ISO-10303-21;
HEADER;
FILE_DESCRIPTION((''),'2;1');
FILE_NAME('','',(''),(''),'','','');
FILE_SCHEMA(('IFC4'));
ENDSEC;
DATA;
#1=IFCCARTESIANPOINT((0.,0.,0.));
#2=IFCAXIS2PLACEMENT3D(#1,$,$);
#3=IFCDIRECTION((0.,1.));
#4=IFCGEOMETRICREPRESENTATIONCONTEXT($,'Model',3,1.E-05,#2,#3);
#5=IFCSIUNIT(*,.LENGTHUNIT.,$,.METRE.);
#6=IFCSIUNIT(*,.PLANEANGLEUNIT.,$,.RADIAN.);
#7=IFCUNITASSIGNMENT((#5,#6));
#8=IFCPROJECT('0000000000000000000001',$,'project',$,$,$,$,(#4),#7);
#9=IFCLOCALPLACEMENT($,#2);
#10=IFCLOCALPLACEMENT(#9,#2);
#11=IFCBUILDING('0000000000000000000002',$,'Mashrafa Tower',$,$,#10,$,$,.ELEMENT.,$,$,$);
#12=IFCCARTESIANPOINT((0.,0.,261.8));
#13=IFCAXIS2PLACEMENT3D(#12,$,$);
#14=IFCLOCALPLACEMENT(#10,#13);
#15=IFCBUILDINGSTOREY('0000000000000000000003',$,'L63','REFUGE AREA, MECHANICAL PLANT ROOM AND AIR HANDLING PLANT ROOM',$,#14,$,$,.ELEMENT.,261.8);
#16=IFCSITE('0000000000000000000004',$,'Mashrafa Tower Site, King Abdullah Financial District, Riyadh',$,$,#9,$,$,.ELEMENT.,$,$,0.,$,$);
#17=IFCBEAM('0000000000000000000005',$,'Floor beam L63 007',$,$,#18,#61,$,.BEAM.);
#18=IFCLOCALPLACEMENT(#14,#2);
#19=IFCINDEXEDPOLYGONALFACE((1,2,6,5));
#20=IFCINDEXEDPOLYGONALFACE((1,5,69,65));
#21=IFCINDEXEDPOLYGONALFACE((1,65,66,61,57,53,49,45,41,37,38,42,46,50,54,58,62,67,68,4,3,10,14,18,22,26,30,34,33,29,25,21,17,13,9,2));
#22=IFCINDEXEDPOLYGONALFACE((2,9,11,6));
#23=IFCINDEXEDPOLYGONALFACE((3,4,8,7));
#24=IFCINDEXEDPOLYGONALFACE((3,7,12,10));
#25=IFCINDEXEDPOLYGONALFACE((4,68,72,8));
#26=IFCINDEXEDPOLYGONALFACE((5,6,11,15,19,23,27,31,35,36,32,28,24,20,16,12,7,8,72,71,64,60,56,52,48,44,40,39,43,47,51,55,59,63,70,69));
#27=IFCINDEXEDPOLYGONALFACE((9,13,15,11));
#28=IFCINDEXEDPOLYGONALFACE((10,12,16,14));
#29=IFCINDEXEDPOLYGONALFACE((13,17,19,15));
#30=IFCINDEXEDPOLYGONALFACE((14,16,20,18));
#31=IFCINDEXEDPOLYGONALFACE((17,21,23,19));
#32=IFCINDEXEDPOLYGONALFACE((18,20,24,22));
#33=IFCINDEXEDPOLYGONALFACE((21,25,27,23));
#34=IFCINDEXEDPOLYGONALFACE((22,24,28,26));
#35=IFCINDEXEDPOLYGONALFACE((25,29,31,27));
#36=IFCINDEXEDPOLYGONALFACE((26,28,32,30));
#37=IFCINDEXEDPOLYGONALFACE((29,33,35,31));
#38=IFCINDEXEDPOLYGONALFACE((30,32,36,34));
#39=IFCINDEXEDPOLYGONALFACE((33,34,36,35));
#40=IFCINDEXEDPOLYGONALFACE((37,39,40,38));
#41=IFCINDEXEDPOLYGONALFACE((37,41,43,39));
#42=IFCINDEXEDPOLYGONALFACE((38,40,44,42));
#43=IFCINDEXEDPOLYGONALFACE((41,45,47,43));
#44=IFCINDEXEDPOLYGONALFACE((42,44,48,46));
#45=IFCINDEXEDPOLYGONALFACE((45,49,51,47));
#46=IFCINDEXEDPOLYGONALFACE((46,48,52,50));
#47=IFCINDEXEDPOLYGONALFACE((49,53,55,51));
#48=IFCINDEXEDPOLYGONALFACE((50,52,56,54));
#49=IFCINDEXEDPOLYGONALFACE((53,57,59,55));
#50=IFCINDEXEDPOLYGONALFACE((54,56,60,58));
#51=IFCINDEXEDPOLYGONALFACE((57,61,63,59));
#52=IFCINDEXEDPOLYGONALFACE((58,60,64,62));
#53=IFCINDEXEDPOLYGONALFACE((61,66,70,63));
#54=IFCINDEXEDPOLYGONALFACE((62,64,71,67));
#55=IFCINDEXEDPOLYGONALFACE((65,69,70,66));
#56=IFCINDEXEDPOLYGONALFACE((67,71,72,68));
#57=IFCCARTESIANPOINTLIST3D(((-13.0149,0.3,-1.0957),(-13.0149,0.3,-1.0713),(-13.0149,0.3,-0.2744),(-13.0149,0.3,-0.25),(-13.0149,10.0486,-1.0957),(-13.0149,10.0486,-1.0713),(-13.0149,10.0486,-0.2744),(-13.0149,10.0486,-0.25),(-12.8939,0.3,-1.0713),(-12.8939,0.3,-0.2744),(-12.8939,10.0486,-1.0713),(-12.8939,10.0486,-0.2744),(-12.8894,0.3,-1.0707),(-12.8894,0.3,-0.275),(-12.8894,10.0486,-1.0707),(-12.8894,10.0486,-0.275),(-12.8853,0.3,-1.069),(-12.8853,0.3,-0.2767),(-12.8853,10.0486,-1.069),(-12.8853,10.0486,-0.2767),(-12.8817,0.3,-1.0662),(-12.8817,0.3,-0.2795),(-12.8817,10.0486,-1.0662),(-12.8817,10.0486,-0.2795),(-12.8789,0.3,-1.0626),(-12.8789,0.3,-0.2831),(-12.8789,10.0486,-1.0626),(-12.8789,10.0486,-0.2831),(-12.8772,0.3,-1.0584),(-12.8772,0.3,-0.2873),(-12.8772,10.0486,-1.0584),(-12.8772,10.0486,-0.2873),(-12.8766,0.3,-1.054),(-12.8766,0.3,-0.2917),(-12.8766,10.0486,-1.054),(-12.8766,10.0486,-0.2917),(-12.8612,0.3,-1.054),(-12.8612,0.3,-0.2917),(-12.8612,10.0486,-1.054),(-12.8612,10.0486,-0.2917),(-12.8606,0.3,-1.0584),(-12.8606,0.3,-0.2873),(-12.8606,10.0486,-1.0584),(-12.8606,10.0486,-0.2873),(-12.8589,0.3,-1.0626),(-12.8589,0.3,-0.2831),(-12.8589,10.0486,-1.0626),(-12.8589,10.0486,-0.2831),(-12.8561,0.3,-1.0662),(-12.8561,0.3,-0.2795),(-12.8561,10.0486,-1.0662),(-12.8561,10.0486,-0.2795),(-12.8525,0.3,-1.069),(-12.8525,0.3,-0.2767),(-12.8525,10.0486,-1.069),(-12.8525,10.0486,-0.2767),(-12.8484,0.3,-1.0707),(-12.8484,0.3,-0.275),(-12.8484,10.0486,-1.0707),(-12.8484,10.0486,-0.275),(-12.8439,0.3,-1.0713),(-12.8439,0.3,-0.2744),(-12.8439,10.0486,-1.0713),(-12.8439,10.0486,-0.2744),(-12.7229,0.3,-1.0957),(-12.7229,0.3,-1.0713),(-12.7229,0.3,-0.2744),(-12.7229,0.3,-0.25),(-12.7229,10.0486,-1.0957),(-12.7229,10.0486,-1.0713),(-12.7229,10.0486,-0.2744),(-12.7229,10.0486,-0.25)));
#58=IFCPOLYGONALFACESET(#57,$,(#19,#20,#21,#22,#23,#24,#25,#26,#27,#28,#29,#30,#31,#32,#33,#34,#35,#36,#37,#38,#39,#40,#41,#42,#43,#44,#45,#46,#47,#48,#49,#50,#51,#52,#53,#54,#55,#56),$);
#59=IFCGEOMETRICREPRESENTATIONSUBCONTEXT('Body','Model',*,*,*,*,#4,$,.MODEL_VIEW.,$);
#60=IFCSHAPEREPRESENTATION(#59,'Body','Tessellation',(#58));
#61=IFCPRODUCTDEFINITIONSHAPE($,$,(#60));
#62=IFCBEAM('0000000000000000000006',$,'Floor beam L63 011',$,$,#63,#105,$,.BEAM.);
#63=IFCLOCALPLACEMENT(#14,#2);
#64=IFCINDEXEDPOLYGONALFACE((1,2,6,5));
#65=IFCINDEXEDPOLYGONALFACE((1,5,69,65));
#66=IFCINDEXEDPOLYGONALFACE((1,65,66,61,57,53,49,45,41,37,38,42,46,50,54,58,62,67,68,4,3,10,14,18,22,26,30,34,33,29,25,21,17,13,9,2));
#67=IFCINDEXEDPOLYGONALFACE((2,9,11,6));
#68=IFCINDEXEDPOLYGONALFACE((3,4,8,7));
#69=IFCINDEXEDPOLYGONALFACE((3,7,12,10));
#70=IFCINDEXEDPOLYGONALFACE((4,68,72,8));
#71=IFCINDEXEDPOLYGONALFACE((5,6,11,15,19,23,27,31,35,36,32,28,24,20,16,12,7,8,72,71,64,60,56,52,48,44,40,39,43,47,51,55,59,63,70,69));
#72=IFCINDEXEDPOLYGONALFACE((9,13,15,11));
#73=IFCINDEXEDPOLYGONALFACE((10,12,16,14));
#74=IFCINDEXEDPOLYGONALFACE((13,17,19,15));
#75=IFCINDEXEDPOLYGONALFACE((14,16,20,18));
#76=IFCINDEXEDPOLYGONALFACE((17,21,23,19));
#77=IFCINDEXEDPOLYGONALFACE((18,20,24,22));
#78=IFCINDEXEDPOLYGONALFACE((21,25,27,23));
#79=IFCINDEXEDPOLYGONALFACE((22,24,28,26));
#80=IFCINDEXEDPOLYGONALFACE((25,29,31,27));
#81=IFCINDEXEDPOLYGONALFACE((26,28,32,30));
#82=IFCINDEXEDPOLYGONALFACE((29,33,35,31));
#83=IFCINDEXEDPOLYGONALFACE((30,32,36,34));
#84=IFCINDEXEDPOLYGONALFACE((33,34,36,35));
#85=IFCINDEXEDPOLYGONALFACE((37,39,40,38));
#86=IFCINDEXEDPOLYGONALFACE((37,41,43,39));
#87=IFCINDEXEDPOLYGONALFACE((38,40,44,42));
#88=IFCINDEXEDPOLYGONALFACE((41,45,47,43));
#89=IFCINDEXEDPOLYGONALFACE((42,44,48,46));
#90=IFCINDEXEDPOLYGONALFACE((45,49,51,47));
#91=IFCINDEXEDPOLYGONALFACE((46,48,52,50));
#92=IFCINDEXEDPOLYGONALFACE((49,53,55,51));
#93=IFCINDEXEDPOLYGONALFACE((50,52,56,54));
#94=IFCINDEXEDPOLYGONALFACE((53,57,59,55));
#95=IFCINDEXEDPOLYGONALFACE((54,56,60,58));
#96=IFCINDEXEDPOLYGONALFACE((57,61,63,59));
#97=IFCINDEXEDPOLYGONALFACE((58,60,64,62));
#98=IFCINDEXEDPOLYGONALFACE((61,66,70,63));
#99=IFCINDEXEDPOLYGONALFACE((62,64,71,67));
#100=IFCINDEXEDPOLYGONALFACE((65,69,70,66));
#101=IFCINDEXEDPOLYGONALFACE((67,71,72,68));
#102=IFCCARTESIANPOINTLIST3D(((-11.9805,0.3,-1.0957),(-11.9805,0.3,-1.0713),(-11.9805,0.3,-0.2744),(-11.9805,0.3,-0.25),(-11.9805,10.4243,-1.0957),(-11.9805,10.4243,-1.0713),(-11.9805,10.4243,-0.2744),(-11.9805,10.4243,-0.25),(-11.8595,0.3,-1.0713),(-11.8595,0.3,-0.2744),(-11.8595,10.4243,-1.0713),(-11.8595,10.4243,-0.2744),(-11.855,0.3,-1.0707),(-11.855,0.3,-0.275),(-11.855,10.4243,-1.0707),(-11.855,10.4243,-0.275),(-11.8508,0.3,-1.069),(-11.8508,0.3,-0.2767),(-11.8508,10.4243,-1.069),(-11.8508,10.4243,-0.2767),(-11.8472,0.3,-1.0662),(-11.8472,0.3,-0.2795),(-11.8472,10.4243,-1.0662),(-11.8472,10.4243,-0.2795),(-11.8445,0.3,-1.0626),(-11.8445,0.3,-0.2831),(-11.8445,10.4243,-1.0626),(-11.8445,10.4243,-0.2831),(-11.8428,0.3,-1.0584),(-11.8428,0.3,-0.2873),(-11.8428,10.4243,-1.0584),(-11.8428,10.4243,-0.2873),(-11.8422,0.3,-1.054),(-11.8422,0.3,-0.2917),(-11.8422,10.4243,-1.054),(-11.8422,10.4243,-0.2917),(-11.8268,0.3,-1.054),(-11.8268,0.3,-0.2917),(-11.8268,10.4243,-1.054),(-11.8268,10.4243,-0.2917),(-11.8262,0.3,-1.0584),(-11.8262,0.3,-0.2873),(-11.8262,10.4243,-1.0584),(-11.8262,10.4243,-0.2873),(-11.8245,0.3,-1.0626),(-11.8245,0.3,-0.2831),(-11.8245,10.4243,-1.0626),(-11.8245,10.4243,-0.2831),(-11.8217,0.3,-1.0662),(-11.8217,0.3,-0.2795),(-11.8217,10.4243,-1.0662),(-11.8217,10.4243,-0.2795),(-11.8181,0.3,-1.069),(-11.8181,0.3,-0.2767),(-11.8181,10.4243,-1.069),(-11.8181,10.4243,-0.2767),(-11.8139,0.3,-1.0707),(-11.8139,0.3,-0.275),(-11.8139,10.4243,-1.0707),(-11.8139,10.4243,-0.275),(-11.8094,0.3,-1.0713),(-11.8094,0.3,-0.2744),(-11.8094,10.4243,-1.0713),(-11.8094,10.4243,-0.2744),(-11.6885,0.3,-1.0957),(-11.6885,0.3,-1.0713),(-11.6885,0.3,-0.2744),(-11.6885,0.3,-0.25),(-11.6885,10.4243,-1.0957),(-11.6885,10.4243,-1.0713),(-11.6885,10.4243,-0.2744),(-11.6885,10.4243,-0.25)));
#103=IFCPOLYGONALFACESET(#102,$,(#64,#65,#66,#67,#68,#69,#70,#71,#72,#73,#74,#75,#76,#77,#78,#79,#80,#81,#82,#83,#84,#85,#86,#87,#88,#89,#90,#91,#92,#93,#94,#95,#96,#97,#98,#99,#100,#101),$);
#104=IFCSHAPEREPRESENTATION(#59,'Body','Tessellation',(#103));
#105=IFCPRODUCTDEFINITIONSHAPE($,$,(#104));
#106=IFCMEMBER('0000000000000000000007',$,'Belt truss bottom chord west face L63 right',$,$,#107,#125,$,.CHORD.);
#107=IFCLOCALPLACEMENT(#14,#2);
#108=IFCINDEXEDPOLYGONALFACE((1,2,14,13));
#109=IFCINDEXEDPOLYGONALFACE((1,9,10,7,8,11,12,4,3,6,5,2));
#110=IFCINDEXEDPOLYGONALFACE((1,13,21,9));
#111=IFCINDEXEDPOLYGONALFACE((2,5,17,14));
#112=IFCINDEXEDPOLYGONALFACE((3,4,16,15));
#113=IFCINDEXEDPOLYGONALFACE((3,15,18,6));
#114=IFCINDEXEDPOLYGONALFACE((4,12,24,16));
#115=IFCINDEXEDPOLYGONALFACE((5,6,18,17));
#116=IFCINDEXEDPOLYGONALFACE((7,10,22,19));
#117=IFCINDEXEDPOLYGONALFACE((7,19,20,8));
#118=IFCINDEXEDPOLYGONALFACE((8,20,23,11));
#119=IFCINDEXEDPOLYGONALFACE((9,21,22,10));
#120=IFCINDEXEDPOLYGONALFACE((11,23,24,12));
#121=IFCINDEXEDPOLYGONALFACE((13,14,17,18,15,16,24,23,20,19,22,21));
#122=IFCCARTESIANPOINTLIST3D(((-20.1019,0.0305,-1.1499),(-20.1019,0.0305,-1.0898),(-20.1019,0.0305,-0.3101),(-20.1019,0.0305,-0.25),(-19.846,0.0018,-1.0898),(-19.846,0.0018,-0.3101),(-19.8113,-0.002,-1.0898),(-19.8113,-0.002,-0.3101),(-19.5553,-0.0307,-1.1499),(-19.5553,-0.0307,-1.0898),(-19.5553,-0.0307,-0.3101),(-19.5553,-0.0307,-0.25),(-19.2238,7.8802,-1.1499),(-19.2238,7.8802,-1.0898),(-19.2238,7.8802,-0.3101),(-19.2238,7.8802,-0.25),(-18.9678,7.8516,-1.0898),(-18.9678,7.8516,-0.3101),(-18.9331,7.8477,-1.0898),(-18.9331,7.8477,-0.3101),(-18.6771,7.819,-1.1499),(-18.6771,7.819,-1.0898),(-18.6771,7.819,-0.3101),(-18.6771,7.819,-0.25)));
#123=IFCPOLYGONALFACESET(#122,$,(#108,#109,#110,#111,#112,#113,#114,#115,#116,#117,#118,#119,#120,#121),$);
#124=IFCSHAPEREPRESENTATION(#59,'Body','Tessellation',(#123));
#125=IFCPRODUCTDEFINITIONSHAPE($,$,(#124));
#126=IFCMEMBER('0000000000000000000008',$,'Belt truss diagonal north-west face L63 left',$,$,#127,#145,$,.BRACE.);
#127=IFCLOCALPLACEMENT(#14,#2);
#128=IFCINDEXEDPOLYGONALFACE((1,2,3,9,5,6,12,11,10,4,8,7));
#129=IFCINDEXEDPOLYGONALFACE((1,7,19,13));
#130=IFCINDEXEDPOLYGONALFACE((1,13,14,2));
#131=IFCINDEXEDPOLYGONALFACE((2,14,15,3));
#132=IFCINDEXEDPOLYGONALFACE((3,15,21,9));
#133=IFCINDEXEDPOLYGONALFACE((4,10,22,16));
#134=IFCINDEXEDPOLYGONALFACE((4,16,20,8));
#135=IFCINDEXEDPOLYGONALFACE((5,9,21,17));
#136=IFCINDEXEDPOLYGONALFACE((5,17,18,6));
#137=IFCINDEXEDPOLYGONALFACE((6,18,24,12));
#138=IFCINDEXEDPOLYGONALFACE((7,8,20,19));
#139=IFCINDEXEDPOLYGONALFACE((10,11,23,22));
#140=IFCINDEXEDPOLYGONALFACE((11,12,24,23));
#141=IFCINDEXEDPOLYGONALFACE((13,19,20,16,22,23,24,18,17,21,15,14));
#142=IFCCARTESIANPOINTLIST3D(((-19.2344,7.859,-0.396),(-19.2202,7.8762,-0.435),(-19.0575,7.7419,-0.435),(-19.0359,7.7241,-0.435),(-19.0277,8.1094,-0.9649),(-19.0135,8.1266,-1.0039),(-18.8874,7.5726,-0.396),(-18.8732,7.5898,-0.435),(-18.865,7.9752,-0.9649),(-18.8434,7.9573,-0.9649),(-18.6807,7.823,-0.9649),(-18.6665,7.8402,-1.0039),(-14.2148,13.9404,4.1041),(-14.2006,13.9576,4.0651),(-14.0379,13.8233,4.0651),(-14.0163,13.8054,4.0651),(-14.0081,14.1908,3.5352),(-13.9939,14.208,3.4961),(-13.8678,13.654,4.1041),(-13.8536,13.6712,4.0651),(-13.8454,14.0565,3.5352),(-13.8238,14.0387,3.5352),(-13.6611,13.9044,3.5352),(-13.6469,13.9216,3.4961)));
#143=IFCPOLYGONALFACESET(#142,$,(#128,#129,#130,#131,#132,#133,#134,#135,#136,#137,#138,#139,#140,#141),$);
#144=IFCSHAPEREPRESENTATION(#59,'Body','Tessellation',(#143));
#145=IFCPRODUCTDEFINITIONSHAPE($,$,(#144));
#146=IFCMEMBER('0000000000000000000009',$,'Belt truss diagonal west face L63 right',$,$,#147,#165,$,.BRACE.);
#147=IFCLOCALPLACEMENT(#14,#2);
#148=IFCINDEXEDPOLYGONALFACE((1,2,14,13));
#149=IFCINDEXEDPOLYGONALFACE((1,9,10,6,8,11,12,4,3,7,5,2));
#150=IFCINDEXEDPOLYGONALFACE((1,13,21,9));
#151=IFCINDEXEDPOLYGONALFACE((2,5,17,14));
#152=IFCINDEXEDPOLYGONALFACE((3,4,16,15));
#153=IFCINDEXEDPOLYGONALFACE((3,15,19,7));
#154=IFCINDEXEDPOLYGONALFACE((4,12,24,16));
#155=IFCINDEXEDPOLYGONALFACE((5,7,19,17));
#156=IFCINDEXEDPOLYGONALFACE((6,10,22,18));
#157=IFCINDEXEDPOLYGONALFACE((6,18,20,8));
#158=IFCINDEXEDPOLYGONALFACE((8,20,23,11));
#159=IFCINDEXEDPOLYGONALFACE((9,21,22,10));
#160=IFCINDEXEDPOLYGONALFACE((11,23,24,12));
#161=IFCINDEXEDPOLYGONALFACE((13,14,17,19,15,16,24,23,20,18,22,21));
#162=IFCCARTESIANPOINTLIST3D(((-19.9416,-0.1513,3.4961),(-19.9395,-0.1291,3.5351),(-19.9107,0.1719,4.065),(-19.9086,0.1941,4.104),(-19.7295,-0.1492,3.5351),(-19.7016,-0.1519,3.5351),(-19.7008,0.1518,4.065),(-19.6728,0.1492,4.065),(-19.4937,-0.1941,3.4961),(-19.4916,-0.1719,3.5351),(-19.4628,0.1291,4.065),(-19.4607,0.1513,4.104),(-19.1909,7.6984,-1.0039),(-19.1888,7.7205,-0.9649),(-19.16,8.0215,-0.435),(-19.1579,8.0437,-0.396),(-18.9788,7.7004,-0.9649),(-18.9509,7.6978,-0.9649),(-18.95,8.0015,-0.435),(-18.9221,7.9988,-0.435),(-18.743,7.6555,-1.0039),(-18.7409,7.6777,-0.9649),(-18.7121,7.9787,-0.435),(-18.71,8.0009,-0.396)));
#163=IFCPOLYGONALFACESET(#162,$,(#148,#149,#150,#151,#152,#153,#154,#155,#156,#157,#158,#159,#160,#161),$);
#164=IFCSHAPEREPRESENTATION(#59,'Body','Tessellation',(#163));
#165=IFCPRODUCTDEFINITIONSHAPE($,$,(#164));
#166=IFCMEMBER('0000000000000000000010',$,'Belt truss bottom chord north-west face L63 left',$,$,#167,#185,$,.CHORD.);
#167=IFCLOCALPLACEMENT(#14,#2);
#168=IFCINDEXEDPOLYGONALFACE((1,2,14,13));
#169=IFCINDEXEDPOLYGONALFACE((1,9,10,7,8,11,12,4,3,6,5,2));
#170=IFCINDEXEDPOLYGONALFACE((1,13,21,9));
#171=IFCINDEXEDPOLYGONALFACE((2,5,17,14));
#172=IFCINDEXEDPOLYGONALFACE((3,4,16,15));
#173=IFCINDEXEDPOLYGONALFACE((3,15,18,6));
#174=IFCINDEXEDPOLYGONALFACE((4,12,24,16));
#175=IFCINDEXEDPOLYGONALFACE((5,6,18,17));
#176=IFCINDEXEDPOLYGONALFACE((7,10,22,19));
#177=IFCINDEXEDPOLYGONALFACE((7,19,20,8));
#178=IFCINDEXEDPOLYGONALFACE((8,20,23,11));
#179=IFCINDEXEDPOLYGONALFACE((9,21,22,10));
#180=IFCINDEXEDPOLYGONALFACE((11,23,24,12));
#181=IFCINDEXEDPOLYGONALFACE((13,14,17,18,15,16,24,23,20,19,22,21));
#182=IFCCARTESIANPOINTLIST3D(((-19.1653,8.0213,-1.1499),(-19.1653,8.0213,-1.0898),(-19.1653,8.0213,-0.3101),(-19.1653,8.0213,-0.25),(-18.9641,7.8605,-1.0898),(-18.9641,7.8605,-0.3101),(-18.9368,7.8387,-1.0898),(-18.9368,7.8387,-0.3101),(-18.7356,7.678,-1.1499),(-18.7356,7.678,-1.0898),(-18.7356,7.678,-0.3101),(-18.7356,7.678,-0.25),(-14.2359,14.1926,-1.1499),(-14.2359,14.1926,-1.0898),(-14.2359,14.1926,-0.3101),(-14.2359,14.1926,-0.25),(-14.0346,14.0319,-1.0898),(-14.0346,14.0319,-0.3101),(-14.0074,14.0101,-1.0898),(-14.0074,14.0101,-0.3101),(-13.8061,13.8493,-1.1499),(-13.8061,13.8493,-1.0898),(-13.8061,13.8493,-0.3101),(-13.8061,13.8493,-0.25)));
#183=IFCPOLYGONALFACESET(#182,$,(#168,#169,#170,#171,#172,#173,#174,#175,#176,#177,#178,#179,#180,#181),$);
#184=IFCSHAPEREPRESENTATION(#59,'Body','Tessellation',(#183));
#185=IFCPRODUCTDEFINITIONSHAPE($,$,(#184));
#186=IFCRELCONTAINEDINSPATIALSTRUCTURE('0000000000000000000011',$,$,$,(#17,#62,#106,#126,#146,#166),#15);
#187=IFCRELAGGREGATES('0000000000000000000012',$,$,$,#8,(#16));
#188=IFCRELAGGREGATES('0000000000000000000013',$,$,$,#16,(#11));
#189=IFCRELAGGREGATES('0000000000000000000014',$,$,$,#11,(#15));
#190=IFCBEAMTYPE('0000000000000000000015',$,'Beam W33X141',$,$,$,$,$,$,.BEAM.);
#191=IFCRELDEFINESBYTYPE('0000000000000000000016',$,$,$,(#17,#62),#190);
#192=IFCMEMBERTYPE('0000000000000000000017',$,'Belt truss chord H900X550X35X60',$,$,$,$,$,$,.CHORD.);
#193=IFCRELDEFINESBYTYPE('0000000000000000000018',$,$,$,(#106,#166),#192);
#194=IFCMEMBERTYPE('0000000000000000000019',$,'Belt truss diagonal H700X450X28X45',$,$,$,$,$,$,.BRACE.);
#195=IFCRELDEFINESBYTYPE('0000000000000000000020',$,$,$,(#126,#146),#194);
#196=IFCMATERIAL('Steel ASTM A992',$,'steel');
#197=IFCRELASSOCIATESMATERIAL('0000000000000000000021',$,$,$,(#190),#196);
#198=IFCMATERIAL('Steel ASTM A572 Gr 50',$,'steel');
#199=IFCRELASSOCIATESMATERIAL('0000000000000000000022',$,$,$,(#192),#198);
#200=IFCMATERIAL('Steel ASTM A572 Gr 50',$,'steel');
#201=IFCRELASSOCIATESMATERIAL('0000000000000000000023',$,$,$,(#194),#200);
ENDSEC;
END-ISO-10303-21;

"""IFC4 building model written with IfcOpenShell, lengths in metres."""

from ifc_helpers import new_model, si_unit, direction, frame, origin, origin_2d, place, context, subcontext, project, spatial, i_section, extrude, source, transform, mapped, material, material_profile, profile_set, type_object, type_shapes, element, save


model = new_model("IFC4")

# Units and contexts
model_context = context("Model", 3, precision=1e-05, world=origin(), true_north=direction((0.0, 1.0)))
body_context = subcontext(model_context, "Body", "Model", "MODEL_VIEW")
ifc_project = project(units=[si_unit("LENGTHUNIT", "METRE"), si_unit("PLANEANGLEUNIT", "RADIAN")], contexts=[model_context])

# Site, building, storey
site_placement = place(None, origin())
site = spatial("IfcSite", under=ifc_project, at=site_placement, Name="Mashrafa Tower Site, King Abdullah Financial District, Riyadh", CompositionType="ELEMENT", RefElevation=0.0)
building_placement = place(site_placement, origin())
building = spatial("IfcBuilding", under=site, at=building_placement, Name="Mashrafa Tower", CompositionType="ELEMENT")
storey_placement = place(building_placement, frame((0.0, 0.0, 261.8)))
storey = spatial("IfcBuildingStorey", under=building, at=storey_placement, Name="L63", Description="REFUGE AREA, MECHANICAL PLANT ROOM AND AIR HANDLING PLANT ROOM", CompositionType="ELEMENT", Elevation=261.8)

# Beams
ifc_material_1 = material(Name="Steel ASTM A992", Category="steel")
ifc_material_profile_1 = material_profile(ifc_material_1, i_section(OverallWidth=0.292, OverallDepth=0.8457, WebThickness=0.0154, FlangeThickness=0.0244, FilletRadius=0.0173, at=origin_2d()), Name="W33X141")
ifc_profile_set_1 = profile_set([ifc_material_profile_1], Name="Steel ASTM A992")
beam_type_1 = type_object("IfcBeamType", Name="Beam W33X141", PredefinedType="BEAM", material=ifc_profile_set_1)
beam_1_placement = place(storey_placement, frame((-12.8689, 0.3, -0.6729), z_axis=(0.0, 1.0, 0.0), x_axis=(-1.0, 0.0, 0.0)))
element("IfcBeam", 1, at=beam_1_placement, inside=storey, type_object=beam_type_1, Name="Floor beam L63 007", PredefinedType="BEAM", context=body_context, shape_type="SweptSolid", body=[
    extrude(i_section(OverallWidth=0.292, OverallDepth=0.8457, WebThickness=0.0154, FlangeThickness=0.0244, FilletRadius=0.0173, at=origin_2d()), origin(), (0.0, 0.0, 1.0), 9.7485),
])
beam_2_placement = place(storey_placement, frame((-11.8345, 0.3, -0.6729), z_axis=(0.0, 1.0, 0.0), x_axis=(-1.0, 0.0, 0.0)))
element("IfcBeam", 2, at=beam_2_placement, inside=storey, type_object=beam_type_1, Name="Floor beam L63 011", PredefinedType="BEAM", context=body_context, shape_type="SweptSolid", body=[
    extrude(i_section(OverallWidth=0.292, OverallDepth=0.8457, WebThickness=0.0154, FlangeThickness=0.0244, FilletRadius=0.0173, at=origin_2d()), origin(), (0.0, 0.0, 1.0), 10.1243),
])

# Members
ifc_material_2 = material(Name="Steel ASTM A572 Gr 50", Category="steel")
ifc_material_profile_2 = material_profile(ifc_material_2, i_section(OverallWidth=0.55, OverallDepth=0.8999, WebThickness=0.0349, FlangeThickness=0.0601, at=origin_2d()), Name="H900X550X35X60")
ifc_profile_set_2 = profile_set([ifc_material_profile_2], Name="Steel ASTM A572 Gr 50")
member_type_1 = type_object("IfcMemberType", Name="Belt truss chord H900X550X35X60", PredefinedType="CHORD", material=ifc_profile_set_2)
shared_shape_1 = source(origin(), body_context, "Body", "SweptSolid", [
    extrude(i_section(OverallWidth=0.55, OverallDepth=0.8999, WebThickness=0.0349, FlangeThickness=0.0601, at=origin_2d()), origin(), (0.0, 0.0, 1.0), 7.8987),
])
member_1_placement = place(storey_placement, frame((-18.9504, 7.8496, -0.7), z_axis=(-0.111181, -0.9938, 0.0), x_axis=(0.9938, -0.111181, 0.0)))
element("IfcMember", 3, at=member_1_placement, inside=storey, type_object=member_type_1, Name="Belt truss bottom chord west face L63 right", PredefinedType="CHORD", context=body_context, shape_type="MappedRepresentation", body=[
    mapped(shared_shape_1, transform((0.0, 0.0, 0.0))),
])
ifc_material_3 = material(Name="Steel ASTM A572 Gr 50", Category="steel")
ifc_material_profile_3 = material_profile(ifc_material_3, i_section(OverallWidth=0.45, OverallDepth=0.7, WebThickness=0.0281, FlangeThickness=0.0449, at=origin_2d()), Name="H700X450X28X45")
ifc_profile_set_3 = profile_set([ifc_material_profile_3], Name="Steel ASTM A572 Gr 50")
member_type_2 = type_object("IfcMemberType", Name="Belt truss diagonal H700X450X28X45", PredefinedType="BRACE", material=ifc_profile_set_3)
shared_shape_2 = source(origin(), body_context, "Body", "SweptSolid", [
    extrude(i_section(OverallWidth=0.45, OverallDepth=0.7, WebThickness=0.0281, FlangeThickness=0.0449, at=origin_2d()), origin(), (0.0, 0.0, 1.0), 9.0791),
])
type_shapes(member_type_2, [shared_shape_2])
for number, where, z_axis, x_axis, name in (
    (4, (-18.9504, 7.8496, -0.7), (0.552874, 0.669822, 0.49565), (-0.77122, 0.636569, 0.0), "Belt truss diagonal north-west face L63 left"),
    (5, (-18.9504, 7.8496, -0.7), (-0.082688, -0.864581, 0.495644), (0.995458, -0.095205, 0.0), "Belt truss diagonal west face L63 right"),
):
    element("IfcMember", number, at=place(storey_placement, frame(where, z_axis=z_axis, x_axis=x_axis)), inside=storey, type_object=member_type_2, Name=name, PredefinedType="BRACE", context=body_context, shape_type="MappedRepresentation", body=[
        mapped(shared_shape_2, transform((0.0, 0.0, 0.0))),
    ])
shared_shape_3 = source(origin(), body_context, "Body", "SweptSolid", [
    extrude(i_section(OverallWidth=0.55, OverallDepth=0.8999, WebThickness=0.0349, FlangeThickness=0.0601, at=origin_2d()), origin(), (0.0, 0.0, 1.0), 7.8984),
])
type_shapes(member_type_1, [shared_shape_1, shared_shape_3])
member_2_placement = place(storey_placement, frame((-18.9504, 7.8496, -0.7), z_axis=(0.624103, 0.781342, 0.0), x_axis=(-0.781342, 0.624103, 0.0)))
element("IfcMember", 6, at=member_2_placement, inside=storey, type_object=member_type_1, Name="Belt truss bottom chord north-west face L63 left", PredefinedType="CHORD", context=body_context, shape_type="MappedRepresentation", body=[
    mapped(shared_shape_3, transform((0.0, 0.0, 0.0))),
])

save(model, "model.ifc")
